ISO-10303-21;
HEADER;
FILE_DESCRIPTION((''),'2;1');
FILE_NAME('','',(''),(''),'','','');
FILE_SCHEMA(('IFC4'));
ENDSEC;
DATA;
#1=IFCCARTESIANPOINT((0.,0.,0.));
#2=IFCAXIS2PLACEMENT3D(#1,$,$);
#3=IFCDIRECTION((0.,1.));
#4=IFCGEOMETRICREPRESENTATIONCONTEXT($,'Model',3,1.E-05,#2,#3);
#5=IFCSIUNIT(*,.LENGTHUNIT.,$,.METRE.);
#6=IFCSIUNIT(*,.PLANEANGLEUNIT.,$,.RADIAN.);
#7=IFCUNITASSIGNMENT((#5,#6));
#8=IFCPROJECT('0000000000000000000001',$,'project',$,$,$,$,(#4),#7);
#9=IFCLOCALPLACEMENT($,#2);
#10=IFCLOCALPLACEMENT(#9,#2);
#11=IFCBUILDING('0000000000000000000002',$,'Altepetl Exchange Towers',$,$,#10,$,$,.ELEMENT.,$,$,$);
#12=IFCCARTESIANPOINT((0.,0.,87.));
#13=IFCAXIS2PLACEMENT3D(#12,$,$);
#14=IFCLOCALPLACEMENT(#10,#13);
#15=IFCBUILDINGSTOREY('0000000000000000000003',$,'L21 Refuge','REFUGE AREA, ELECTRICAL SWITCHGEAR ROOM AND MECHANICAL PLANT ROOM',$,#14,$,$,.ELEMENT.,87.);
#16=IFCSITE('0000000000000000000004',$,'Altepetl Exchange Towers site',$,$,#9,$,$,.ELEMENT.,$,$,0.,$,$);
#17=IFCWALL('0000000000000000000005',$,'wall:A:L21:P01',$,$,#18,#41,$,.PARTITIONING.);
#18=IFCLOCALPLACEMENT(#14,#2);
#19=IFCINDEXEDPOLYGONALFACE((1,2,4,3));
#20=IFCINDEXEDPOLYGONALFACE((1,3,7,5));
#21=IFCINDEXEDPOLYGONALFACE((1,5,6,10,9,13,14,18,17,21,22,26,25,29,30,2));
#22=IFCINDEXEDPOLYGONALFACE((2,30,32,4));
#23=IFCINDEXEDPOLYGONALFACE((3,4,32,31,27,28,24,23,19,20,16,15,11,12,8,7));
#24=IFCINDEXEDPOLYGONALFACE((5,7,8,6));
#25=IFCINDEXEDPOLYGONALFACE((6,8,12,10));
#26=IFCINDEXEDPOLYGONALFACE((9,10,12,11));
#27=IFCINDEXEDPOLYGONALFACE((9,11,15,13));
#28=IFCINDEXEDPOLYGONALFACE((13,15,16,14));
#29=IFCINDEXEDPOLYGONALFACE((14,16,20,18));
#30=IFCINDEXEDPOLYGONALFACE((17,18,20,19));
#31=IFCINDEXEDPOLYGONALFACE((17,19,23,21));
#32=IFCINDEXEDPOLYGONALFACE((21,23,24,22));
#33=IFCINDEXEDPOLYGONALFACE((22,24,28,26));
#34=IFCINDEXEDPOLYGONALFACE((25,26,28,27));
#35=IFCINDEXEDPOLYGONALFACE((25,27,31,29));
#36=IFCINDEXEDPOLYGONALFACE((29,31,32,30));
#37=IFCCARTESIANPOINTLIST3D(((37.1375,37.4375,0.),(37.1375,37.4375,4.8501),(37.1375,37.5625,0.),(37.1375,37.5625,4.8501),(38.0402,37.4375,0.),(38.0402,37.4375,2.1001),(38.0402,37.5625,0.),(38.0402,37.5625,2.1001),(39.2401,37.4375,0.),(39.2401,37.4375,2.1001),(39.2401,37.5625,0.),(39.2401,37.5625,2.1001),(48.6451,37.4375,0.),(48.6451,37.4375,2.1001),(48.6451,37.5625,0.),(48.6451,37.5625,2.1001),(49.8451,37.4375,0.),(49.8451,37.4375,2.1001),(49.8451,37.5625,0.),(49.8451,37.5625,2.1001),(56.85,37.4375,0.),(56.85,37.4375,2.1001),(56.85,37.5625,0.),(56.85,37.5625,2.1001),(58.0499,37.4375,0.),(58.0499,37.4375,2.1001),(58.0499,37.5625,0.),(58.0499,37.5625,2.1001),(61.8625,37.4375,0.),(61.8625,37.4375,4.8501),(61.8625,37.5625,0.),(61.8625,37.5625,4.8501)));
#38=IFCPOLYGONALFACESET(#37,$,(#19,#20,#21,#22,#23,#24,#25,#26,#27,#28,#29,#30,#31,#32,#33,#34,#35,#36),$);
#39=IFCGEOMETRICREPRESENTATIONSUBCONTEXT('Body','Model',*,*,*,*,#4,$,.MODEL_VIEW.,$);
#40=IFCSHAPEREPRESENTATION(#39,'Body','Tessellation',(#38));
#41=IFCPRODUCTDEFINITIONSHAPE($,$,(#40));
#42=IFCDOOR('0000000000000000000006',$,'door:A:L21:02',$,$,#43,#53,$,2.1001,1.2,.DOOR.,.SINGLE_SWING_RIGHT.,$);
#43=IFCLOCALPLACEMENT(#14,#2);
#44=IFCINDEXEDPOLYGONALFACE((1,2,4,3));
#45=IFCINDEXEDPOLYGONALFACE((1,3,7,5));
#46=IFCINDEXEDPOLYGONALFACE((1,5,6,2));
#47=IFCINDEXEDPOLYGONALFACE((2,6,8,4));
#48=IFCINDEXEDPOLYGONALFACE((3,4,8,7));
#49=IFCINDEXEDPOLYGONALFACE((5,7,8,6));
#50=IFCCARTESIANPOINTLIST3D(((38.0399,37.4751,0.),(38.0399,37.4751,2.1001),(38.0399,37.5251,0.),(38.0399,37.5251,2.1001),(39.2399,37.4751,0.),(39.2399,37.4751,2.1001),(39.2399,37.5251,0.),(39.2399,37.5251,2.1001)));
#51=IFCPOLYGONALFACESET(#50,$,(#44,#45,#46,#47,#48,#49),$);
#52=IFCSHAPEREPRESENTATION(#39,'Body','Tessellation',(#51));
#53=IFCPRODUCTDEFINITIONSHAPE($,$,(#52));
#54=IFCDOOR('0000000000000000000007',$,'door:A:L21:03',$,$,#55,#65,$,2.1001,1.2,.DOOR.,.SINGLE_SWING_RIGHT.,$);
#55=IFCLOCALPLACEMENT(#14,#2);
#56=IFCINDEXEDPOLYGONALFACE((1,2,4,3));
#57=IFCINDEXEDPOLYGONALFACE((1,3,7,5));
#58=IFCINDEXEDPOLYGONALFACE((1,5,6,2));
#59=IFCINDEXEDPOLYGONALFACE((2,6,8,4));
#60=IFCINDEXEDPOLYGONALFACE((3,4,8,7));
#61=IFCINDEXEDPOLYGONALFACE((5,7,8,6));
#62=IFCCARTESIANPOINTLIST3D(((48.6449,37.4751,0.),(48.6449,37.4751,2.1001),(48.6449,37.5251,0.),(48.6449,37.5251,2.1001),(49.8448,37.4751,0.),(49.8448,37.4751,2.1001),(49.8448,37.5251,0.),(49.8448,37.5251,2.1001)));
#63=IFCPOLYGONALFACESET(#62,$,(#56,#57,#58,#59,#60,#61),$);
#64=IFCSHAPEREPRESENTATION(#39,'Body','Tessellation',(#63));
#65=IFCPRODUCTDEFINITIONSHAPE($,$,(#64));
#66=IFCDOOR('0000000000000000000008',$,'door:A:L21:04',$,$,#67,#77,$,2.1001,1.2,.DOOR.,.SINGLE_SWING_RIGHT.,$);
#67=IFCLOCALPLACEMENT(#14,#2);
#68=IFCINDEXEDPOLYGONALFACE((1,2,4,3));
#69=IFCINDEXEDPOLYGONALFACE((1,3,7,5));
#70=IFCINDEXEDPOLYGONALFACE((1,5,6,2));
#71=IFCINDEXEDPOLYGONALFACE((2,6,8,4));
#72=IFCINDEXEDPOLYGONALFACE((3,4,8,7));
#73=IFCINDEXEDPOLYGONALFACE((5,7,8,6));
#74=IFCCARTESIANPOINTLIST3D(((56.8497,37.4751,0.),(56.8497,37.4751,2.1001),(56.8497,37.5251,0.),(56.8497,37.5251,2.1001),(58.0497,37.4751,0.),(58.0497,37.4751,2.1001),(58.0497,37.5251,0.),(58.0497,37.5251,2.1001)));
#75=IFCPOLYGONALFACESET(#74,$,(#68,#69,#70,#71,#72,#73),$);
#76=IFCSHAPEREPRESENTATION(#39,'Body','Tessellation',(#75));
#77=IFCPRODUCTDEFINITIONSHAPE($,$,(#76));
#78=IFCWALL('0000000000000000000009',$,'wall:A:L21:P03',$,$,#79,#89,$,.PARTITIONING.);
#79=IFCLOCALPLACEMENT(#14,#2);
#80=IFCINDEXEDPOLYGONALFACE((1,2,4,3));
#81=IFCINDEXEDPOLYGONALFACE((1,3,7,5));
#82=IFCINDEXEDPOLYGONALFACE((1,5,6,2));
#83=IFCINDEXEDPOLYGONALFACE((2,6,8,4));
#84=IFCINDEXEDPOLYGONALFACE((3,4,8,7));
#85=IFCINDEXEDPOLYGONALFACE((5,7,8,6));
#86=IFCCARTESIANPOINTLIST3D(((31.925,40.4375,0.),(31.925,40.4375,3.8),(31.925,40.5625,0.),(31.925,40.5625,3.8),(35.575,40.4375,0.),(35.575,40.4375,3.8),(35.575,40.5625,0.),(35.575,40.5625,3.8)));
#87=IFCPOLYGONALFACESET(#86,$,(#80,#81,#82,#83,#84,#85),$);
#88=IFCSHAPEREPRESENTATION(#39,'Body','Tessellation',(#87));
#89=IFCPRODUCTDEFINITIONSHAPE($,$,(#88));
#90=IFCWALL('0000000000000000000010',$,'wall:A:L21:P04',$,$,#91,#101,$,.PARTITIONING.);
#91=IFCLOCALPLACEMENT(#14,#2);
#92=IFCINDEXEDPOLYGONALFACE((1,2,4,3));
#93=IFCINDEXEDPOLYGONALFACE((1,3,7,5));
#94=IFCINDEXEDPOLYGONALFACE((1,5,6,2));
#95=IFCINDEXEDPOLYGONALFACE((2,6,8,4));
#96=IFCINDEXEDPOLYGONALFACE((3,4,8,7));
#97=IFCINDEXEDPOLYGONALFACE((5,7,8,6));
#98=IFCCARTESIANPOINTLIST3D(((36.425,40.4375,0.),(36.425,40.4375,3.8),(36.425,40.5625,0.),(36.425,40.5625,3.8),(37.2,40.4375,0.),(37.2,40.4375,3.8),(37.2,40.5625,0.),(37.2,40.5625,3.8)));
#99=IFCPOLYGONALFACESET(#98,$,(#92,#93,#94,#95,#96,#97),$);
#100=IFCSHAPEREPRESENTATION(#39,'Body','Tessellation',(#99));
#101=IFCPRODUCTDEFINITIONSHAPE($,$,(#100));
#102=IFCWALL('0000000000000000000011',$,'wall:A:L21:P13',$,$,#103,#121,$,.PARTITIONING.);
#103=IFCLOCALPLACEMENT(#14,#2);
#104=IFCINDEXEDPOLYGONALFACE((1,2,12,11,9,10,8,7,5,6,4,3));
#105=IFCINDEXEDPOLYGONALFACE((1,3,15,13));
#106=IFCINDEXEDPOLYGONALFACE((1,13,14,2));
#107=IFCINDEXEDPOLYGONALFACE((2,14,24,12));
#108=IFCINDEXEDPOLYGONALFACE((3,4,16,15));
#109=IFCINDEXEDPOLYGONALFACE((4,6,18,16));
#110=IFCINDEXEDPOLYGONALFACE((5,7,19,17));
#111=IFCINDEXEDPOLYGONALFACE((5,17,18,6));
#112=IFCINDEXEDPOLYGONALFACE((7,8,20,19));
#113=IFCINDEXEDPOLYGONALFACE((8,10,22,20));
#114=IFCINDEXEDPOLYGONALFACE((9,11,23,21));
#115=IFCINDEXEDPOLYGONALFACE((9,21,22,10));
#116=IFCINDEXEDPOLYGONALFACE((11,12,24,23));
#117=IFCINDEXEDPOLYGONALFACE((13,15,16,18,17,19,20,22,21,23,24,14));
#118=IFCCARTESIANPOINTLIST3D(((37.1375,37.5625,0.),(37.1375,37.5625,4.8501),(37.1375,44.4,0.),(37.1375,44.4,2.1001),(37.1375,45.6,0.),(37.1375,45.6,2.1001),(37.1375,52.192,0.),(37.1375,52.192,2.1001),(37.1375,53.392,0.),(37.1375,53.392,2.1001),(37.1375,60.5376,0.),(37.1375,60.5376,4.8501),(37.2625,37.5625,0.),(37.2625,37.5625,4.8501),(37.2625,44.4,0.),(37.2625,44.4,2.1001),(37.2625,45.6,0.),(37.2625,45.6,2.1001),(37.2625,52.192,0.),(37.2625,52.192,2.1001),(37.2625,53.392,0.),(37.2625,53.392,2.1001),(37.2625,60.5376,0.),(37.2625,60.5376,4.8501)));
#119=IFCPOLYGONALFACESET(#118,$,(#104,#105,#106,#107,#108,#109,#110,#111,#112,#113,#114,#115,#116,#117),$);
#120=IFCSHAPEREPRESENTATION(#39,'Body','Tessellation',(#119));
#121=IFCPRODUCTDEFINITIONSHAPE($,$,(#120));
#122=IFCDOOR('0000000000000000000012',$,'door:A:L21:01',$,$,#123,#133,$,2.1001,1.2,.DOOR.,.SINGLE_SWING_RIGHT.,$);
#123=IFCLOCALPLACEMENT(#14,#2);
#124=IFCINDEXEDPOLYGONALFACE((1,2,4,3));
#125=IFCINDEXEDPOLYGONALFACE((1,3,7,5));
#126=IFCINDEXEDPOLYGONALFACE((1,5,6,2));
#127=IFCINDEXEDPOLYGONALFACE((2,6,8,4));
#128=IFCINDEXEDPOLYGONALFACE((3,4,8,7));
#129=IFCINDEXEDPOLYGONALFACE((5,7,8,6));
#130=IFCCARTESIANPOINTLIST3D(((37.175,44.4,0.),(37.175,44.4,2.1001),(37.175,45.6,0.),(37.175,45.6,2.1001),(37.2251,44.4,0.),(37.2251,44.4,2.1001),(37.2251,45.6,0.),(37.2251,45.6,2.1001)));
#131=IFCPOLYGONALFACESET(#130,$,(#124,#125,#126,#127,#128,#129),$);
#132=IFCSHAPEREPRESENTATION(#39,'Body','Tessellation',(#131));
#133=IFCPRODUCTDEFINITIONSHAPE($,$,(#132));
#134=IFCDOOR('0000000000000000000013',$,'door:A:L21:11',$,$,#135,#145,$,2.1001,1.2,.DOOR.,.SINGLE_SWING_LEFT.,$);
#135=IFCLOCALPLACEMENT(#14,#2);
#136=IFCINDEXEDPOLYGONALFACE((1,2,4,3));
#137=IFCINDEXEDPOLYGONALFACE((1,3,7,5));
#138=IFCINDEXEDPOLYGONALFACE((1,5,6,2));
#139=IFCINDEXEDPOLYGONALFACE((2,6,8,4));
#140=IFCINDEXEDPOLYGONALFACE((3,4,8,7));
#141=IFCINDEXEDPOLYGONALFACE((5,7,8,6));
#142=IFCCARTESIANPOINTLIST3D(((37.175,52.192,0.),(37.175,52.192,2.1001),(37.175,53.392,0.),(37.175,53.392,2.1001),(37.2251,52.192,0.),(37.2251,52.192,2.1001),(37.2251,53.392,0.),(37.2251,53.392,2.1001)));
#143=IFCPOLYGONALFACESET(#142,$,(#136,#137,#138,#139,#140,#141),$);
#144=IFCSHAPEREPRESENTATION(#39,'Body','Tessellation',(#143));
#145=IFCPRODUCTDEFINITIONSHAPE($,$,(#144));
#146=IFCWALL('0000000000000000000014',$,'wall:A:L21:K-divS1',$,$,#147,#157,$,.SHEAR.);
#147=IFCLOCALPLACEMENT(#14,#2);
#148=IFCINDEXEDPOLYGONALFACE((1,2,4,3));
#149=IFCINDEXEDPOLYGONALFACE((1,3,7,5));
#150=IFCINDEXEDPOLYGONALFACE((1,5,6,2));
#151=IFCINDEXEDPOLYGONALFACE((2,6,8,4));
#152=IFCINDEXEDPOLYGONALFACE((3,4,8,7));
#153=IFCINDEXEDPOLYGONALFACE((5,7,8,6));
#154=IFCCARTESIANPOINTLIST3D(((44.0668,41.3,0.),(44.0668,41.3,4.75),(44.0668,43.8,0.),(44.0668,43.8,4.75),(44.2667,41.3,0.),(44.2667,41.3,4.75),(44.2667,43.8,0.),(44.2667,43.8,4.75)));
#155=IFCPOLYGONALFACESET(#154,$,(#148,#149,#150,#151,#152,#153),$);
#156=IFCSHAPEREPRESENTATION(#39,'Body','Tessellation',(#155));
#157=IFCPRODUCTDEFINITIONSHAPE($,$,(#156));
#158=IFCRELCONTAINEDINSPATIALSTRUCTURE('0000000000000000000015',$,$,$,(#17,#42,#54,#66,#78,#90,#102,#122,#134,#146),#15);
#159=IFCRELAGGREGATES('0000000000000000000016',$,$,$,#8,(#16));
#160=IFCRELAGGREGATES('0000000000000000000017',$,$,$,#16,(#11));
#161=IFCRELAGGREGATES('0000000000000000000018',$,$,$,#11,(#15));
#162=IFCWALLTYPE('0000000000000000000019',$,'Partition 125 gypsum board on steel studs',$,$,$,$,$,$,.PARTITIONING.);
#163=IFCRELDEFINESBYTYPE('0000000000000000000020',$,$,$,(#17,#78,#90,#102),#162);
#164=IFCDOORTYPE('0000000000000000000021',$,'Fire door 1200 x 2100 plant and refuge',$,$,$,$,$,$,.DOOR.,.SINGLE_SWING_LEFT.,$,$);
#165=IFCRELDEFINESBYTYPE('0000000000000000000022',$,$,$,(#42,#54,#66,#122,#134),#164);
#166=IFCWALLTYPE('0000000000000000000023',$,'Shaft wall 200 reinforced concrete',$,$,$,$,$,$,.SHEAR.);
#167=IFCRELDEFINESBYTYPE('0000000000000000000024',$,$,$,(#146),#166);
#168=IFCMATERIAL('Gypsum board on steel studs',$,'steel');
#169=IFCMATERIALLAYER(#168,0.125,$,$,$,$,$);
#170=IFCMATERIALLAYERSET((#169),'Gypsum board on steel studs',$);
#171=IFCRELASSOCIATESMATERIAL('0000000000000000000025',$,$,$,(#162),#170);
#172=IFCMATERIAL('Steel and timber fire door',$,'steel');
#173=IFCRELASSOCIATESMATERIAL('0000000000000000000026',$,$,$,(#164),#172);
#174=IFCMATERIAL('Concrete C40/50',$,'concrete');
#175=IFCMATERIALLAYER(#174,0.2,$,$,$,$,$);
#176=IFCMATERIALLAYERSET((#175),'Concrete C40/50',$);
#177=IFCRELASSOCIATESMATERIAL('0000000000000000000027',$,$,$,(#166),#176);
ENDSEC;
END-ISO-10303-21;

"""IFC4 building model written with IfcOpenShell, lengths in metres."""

from ifc_helpers import new_model, si_unit, direction, frame, frame_2d, origin, place, context, subcontext, project, spatial, rectangle, extrude, material, layer, layer_set, type_object, element, fill, save


model = new_model("IFC4")

# Units and contexts
model_context = context("Model", 3, precision=1e-05, world=origin(), true_north=direction((0.0, 1.0)))
body_context = subcontext(model_context, "Body", "Model", "MODEL_VIEW")
ifc_project = project(units=[si_unit("LENGTHUNIT", "METRE"), si_unit("PLANEANGLEUNIT", "RADIAN")], contexts=[model_context])

# Site, building, storey
site_placement = place(None, origin())
site = spatial("IfcSite", under=ifc_project, at=site_placement, Name="Altepetl Exchange Towers site", CompositionType="ELEMENT", RefElevation=0.0)
building_placement = place(site_placement, origin())
building = spatial("IfcBuilding", under=site, at=building_placement, Name="Altepetl Exchange Towers", CompositionType="ELEMENT")
storey_placement = place(building_placement, frame((0.0, 0.0, 87.0)))
storey = spatial("IfcBuildingStorey", under=building, at=storey_placement, Name="L21 Refuge", Description="REFUGE AREA, ELECTRICAL SWITCHGEAR ROOM AND MECHANICAL PLANT ROOM", CompositionType="ELEMENT", Elevation=87.0)

# Wall, openings, doors
ifc_material_1 = material(Name="Steel and timber fire door", Category="steel")
ifc_material_2 = material(Name="Gypsum board on steel studs", Category="steel")
ifc_layer_1 = layer(ifc_material_2, 0.125)
ifc_layer_set_1 = layer_set([ifc_layer_1], Name="Gypsum board on steel studs")
wall_type_1 = type_object("IfcWallType", Name="Partition 125 gypsum board on steel studs", PredefinedType="PARTITIONING", material=ifc_layer_set_1)
wall_1_placement = place(storey_placement, frame((37.1375, 37.5, 0.0)))
wall_1 = element("IfcWall", 1, at=wall_1_placement, inside=storey, type_object=wall_type_1, Name="wall:A:L21:P01", PredefinedType="PARTITIONING", context=body_context, shape_type="SweptSolid", body=[
    extrude(rectangle(XDim=24.7251, YDim=0.125, at=frame_2d((12.3625, 0.0))), origin(), (0.0, 0.0, 1.0), 4.8501),
])
opening_1_placement = place(wall_1_placement, frame((0.9026, 0.0, 0.0)))
opening_1 = element("IfcOpeningElement", 2, at=opening_1_placement, cuts=wall_1, PredefinedType="OPENING", context=body_context, shape_type="SweptSolid", body=[
    extrude(rectangle(XDim=1.2, YDim=2.1001, at=frame_2d((0.6001, 1.05))), frame((0.0, 0.0725, 0.0), z_axis=(0.0, -1.0, 0.0), x_axis=(1.0, 0.0, 0.0)), (0.0, 0.0, 1.0), 0.145),
])
opening_2_placement = place(wall_1_placement, frame((11.5076, 0.0, 0.0)))
opening_2 = element("IfcOpeningElement", 3, at=opening_2_placement, cuts=wall_1, PredefinedType="OPENING", context=body_context, shape_type="SweptSolid", body=[
    extrude(rectangle(XDim=1.2, YDim=2.1001, at=frame_2d((0.6001, 1.05))), frame((0.0, 0.0725, 0.0), z_axis=(0.0, -1.0, 0.0), x_axis=(1.0, 0.0, 0.0)), (0.0, 0.0, 1.0), 0.145),
])
opening_3_placement = place(wall_1_placement, frame((19.7124, 0.0, 0.0)))
opening_3 = element("IfcOpeningElement", 4, at=opening_3_placement, cuts=wall_1, PredefinedType="OPENING", context=body_context, shape_type="SweptSolid", body=[
    extrude(rectangle(XDim=1.2, YDim=2.1001, at=frame_2d((0.6001, 1.05))), frame((0.0, 0.0725, 0.0), z_axis=(0.0, -1.0, 0.0), x_axis=(1.0, 0.0, 0.0)), (0.0, 0.0, 1.0), 0.145),
])
door_type_1 = type_object("IfcDoorType", Name="Fire door 1200 x 2100 plant and refuge", OperationType="SINGLE_SWING_LEFT", PredefinedType="DOOR", material=ifc_material_1)
door_1_placement = place(opening_1_placement, frame((1.2, 0.0, 0.0), x_axis=(-1.0, 0.0, 0.0)))
door_1 = element("IfcDoor", 5, at=door_1_placement, inside=storey, type_object=door_type_1, Name="door:A:L21:02", OperationType="SINGLE_SWING_RIGHT", OverallHeight=2.1001, OverallWidth=1.2, PredefinedType="DOOR", context=body_context, shape_type="SweptSolid", body=[
    extrude(rectangle(XDim=1.2, YDim=2.1001, at=frame_2d((0.6001, 1.05))), frame((0.0, 0.0249, 0.0), z_axis=(0.0, -1.0, 0.0), x_axis=(1.0, 0.0, 0.0)), (0.0, 0.0, 1.0), 0.05),
])
fill(opening_1, door_1)
door_2_placement = place(opening_2_placement, frame((1.2, 0.0, 0.0), x_axis=(-1.0, 0.0, 0.0)))
door_2 = element("IfcDoor", 6, at=door_2_placement, inside=storey, type_object=door_type_1, Name="door:A:L21:03", OperationType="SINGLE_SWING_RIGHT", OverallHeight=2.1001, OverallWidth=1.2, PredefinedType="DOOR", context=body_context, shape_type="SweptSolid", body=[
    extrude(rectangle(XDim=1.2, YDim=2.1001, at=frame_2d((0.6001, 1.05))), frame((0.0, 0.0249, 0.0), z_axis=(0.0, -1.0, 0.0), x_axis=(1.0, 0.0, 0.0)), (0.0, 0.0, 1.0), 0.05),
])
fill(opening_2, door_2)
door_3_placement = place(opening_3_placement, frame((1.2, 0.0, 0.0), x_axis=(-1.0, 0.0, 0.0)))
door_3 = element("IfcDoor", 7, at=door_3_placement, inside=storey, type_object=door_type_1, Name="door:A:L21:04", OperationType="SINGLE_SWING_RIGHT", OverallHeight=2.1001, OverallWidth=1.2, PredefinedType="DOOR", context=body_context, shape_type="SweptSolid", body=[
    extrude(rectangle(XDim=1.2, YDim=2.1001, at=frame_2d((0.6001, 1.05))), frame((0.0, 0.0249, 0.0), z_axis=(0.0, -1.0, 0.0), x_axis=(1.0, 0.0, 0.0)), (0.0, 0.0, 1.0), 0.05),
])
fill(opening_3, door_3)

# Walls
wall_2_placement = place(storey_placement, frame((31.925, 40.5, 0.0)))
element("IfcWall", 8, at=wall_2_placement, inside=storey, type_object=wall_type_1, Name="wall:A:L21:P03", PredefinedType="PARTITIONING", context=body_context, shape_type="SweptSolid", body=[
    extrude(rectangle(XDim=3.6499, YDim=0.125, at=frame_2d((1.825, 0.0))), origin(), (0.0, 0.0, 1.0), 3.8),
])
wall_3_placement = place(storey_placement, frame((36.425, 40.5, 0.0)))
element("IfcWall", 9, at=wall_3_placement, inside=storey, type_object=wall_type_1, Name="wall:A:L21:P04", PredefinedType="PARTITIONING", context=body_context, shape_type="SweptSolid", body=[
    extrude(rectangle(XDim=0.7749, YDim=0.125, at=frame_2d((0.3875, 0.0))), origin(), (0.0, 0.0, 1.0), 3.8),
])

# Wall, openings, doors
wall_4_placement = place(storey_placement, frame((37.2, 37.5625, 0.0), z_axis=(0.0, 0.0, 1.0), x_axis=(0.0, 1.0, 0.0)))
wall_4 = element("IfcWall", 10, at=wall_4_placement, inside=storey, type_object=wall_type_1, Name="wall:A:L21:P13", PredefinedType="PARTITIONING", context=body_context, shape_type="SweptSolid", body=[
    extrude(rectangle(XDim=22.9751, YDim=0.125, at=frame_2d((11.4875, 0.0))), origin(), (0.0, 0.0, 1.0), 4.8501),
])
opening_4_placement = place(wall_4_placement, frame((6.8374, 0.0, 0.0)))
opening_4 = element("IfcOpeningElement", 11, at=opening_4_placement, cuts=wall_4, PredefinedType="OPENING", context=body_context, shape_type="SweptSolid", body=[
    extrude(rectangle(XDim=1.2, YDim=2.1001, at=frame_2d((0.6001, 1.05))), frame((0.0, 0.0725, 0.0), z_axis=(0.0, -1.0, 0.0), x_axis=(1.0, 0.0, 0.0)), (0.0, 0.0, 1.0), 0.145),
])
opening_5_placement = place(wall_4_placement, frame((14.6294, 0.0, 0.0)))
opening_5 = element("IfcOpeningElement", 12, at=opening_5_placement, cuts=wall_4, PredefinedType="OPENING", context=body_context, shape_type="SweptSolid", body=[
    extrude(rectangle(XDim=1.2, YDim=2.1001, at=frame_2d((0.6001, 1.05))), frame((0.0, 0.0725, 0.0), z_axis=(0.0, -1.0, 0.0), x_axis=(1.0, 0.0, 0.0)), (0.0, 0.0, 1.0), 0.145),
])
door_4_placement = place(opening_4_placement, origin())
door_4 = element("IfcDoor", 13, at=door_4_placement, inside=storey, type_object=door_type_1, Name="door:A:L21:01", OperationType="SINGLE_SWING_RIGHT", OverallHeight=2.1001, OverallWidth=1.2, PredefinedType="DOOR", context=body_context, shape_type="SweptSolid", body=[
    extrude(rectangle(XDim=1.2, YDim=2.1001, at=frame_2d((0.6001, 1.05))), frame((0.0, 0.0249, 0.0), z_axis=(0.0, -1.0, 0.0), x_axis=(1.0, 0.0, 0.0)), (0.0, 0.0, 1.0), 0.05),
])
fill(opening_4, door_4)
door_5_placement = place(opening_5_placement, origin())
door_5 = element("IfcDoor", 14, at=door_5_placement, inside=storey, type_object=door_type_1, Name="door:A:L21:11", OperationType="SINGLE_SWING_LEFT", OverallHeight=2.1001, OverallWidth=1.2, PredefinedType="DOOR", context=body_context, shape_type="SweptSolid", body=[
    extrude(rectangle(XDim=1.2, YDim=2.1001, at=frame_2d((0.6001, 1.05))), frame((0.0, 0.0249, 0.0), z_axis=(0.0, -1.0, 0.0), x_axis=(1.0, 0.0, 0.0)), (0.0, 0.0, 1.0), 0.05),
])
fill(opening_5, door_5)

# Wall
ifc_material_3 = material(Name="Concrete C40/50", Category="concrete")
ifc_layer_2 = layer(ifc_material_3, 0.2)
ifc_layer_set_2 = layer_set([ifc_layer_2], Name="Concrete C40/50")
wall_type_2 = type_object("IfcWallType", Name="Shaft wall 200 reinforced concrete", PredefinedType="SHEAR", material=ifc_layer_set_2)
wall_5_placement = place(storey_placement, frame((44.1667, 41.3, 0.0), z_axis=(0.0, 0.0, 1.0), x_axis=(0.0, 1.0, 0.0)))
element("IfcWall", 15, at=wall_5_placement, inside=storey, type_object=wall_type_2, Name="wall:A:L21:K-divS1", PredefinedType="SHEAR", context=body_context, shape_type="SweptSolid", body=[
    extrude(rectangle(XDim=2.5, YDim=0.2, at=frame_2d((1.25, 0.0))), origin(), (0.0, 0.0, 1.0), 4.75),
])

save(model, "model.ifc")
